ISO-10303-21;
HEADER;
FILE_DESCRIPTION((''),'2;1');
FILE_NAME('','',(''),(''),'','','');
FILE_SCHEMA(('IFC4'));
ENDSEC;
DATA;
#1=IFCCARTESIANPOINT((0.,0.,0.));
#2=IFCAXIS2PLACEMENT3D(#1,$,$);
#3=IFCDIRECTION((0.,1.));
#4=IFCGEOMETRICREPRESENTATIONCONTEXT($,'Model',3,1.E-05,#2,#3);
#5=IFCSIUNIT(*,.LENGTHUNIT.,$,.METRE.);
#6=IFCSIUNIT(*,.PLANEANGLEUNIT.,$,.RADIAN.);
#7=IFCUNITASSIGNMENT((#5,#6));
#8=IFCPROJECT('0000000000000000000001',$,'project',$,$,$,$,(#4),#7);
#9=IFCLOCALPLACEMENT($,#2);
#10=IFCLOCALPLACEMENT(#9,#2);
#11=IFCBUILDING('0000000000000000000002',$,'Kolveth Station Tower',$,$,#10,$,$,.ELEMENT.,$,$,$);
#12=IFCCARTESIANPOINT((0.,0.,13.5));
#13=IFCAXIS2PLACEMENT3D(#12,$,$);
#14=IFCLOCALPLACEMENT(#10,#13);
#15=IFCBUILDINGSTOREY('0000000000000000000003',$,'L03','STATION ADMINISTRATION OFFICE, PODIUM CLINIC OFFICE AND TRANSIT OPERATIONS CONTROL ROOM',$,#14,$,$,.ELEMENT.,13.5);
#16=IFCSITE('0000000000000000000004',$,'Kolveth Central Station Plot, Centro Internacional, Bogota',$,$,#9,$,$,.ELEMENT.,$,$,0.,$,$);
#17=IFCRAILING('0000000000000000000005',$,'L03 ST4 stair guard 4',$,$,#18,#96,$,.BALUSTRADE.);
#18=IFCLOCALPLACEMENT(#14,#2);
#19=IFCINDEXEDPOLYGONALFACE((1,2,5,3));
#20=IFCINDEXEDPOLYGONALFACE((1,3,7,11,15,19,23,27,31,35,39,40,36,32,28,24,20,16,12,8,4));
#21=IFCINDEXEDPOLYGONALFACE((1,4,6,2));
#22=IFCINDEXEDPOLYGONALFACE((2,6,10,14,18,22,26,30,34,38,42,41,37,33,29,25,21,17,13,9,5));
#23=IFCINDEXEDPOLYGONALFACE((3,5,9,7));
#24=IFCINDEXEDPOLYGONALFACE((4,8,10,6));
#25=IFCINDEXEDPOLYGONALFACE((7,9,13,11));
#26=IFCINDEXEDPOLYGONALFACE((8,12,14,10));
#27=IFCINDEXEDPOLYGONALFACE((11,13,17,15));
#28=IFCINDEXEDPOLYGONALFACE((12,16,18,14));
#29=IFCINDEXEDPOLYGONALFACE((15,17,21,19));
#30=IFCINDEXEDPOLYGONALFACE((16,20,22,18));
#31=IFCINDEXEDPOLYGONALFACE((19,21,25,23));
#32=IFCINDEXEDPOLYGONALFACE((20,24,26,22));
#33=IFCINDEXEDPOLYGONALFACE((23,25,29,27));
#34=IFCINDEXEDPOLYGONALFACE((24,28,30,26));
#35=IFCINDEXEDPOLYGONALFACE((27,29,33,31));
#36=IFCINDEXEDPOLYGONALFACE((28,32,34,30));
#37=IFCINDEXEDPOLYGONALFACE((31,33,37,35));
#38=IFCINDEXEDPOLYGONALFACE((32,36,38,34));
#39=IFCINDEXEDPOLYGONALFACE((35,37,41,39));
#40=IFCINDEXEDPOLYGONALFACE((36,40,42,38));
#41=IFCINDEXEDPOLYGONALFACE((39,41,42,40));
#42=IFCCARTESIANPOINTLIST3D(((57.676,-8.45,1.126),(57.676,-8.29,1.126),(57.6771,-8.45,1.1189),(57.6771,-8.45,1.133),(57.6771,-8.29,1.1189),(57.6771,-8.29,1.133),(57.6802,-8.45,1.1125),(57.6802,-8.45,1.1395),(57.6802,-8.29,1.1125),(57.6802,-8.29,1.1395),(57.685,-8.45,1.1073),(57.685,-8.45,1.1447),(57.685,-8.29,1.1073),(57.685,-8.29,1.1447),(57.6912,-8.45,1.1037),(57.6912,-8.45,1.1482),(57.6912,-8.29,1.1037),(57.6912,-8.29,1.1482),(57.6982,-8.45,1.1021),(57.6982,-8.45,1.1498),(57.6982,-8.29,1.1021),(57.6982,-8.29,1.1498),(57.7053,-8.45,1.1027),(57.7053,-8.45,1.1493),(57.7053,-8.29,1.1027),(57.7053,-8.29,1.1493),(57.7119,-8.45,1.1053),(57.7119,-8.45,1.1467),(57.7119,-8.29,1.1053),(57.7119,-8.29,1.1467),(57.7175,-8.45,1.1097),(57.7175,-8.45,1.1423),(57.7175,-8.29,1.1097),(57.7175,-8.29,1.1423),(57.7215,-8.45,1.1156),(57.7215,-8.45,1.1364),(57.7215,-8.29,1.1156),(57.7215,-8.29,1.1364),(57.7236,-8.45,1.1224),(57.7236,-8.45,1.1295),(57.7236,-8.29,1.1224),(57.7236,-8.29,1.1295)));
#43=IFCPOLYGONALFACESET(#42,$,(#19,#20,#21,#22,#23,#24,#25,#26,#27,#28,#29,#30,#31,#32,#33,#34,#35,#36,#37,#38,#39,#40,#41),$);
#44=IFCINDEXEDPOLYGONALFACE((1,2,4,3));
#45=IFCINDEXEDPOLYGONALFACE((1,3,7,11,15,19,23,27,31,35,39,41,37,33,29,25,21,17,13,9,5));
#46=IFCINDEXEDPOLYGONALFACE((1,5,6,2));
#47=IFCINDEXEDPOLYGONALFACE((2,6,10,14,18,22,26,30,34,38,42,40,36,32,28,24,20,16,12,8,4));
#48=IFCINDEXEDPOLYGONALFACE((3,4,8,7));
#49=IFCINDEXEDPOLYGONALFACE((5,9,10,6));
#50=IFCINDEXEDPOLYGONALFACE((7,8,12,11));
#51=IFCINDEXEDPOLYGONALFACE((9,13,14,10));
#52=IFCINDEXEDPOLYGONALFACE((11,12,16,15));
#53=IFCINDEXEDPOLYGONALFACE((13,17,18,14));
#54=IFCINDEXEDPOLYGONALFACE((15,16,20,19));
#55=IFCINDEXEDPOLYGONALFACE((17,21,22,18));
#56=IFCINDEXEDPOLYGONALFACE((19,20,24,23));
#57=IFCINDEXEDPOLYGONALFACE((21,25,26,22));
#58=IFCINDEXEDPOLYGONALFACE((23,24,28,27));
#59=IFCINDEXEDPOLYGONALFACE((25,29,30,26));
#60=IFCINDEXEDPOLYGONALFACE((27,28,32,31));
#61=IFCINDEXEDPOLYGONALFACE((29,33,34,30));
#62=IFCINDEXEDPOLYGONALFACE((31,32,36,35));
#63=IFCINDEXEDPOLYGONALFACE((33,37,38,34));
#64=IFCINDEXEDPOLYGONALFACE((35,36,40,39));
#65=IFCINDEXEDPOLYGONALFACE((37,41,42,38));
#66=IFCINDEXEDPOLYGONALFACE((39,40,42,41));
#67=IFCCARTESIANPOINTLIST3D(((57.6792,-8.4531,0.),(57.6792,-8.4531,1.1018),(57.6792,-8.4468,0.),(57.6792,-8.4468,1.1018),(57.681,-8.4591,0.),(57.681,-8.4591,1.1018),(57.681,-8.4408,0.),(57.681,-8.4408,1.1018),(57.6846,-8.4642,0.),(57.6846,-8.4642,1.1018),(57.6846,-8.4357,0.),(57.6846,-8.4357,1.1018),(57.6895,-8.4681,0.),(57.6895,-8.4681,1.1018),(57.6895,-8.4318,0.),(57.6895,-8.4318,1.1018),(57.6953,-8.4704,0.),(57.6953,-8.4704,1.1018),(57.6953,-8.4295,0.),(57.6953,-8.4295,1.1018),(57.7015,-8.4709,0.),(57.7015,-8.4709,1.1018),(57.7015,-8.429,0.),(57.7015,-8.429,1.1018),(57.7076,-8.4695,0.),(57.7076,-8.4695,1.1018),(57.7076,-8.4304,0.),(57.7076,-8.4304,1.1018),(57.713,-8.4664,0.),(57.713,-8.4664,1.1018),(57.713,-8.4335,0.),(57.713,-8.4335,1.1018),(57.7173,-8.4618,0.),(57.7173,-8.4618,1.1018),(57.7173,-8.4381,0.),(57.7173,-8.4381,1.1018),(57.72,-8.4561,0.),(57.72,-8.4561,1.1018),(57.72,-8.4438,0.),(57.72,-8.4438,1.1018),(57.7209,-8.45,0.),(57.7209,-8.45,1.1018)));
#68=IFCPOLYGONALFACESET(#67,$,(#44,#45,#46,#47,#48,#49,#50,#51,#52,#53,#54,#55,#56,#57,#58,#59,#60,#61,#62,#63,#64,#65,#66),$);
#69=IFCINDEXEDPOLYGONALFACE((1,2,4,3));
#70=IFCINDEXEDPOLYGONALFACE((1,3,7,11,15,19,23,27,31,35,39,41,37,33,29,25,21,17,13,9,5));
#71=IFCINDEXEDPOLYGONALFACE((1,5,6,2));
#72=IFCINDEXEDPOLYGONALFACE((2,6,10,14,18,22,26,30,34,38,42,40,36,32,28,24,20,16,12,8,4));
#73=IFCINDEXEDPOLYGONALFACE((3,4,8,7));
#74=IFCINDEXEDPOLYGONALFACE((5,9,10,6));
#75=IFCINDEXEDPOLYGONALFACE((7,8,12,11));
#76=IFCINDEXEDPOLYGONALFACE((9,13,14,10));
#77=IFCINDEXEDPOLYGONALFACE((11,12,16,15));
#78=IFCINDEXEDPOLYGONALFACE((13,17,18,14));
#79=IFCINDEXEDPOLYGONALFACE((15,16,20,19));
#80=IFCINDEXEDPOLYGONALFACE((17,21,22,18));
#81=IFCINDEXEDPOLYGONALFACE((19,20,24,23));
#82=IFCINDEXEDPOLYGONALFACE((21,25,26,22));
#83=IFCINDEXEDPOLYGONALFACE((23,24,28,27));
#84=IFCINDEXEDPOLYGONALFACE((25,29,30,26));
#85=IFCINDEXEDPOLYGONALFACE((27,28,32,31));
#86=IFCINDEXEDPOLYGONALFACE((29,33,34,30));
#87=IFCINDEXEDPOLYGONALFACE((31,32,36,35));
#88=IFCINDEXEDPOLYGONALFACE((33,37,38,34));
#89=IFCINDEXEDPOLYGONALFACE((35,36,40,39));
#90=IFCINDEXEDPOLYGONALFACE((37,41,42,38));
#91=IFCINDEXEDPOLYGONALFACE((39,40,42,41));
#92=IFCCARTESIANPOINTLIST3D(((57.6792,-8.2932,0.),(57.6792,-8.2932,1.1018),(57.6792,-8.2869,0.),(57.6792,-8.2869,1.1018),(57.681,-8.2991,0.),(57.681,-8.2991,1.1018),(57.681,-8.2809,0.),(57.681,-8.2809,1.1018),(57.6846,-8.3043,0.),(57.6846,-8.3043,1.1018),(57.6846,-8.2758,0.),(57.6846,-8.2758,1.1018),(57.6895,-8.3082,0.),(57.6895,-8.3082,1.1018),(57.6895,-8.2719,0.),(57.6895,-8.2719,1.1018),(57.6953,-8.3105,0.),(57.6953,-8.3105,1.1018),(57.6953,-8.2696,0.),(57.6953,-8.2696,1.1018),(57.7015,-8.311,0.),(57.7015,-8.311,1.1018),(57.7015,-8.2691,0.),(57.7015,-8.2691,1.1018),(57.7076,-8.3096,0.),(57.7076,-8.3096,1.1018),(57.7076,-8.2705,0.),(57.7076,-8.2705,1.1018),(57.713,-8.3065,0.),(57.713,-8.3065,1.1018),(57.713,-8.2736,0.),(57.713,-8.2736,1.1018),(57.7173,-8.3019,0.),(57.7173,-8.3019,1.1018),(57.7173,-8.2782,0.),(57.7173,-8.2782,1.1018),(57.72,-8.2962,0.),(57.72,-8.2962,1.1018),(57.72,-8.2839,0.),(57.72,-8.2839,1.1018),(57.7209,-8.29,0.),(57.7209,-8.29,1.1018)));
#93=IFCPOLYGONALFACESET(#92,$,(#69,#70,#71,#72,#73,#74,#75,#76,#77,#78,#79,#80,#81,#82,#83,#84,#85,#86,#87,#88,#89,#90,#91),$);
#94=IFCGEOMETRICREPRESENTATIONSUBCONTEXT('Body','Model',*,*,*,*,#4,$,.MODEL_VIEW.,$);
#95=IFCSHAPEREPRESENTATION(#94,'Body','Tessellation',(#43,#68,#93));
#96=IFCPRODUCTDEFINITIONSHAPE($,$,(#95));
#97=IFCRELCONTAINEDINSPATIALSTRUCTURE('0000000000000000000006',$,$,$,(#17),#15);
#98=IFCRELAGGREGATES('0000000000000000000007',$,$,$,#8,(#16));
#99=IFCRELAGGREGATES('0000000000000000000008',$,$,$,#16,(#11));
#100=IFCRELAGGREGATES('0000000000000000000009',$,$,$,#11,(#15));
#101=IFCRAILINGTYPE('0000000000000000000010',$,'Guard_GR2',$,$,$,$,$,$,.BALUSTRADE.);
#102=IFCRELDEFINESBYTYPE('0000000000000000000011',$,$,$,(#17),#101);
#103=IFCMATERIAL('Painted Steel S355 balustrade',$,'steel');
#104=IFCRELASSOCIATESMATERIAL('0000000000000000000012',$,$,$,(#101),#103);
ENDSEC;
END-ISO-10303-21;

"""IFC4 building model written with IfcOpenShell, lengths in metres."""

from ifc_helpers import new_model, si_unit, direction, frame, origin, origin_2d, place, context, subcontext, project, spatial, circle, extrude, material, type_object, element, save


model = new_model("IFC4")

# Units and contexts
model_context = context("Model", 3, precision=1e-05, world=origin(), true_north=direction((0.0, 1.0)))
body_context = subcontext(model_context, "Body", "Model", "MODEL_VIEW")
ifc_project = project(units=[si_unit("LENGTHUNIT", "METRE"), si_unit("PLANEANGLEUNIT", "RADIAN")], contexts=[model_context])

# Site, building, storey
site_placement = place(None, origin())
site = spatial("IfcSite", under=ifc_project, at=site_placement, Name="Kolveth Central Station Plot, Centro Internacional, Bogota", CompositionType="ELEMENT", RefElevation=0.0)
building_placement = place(site_placement, origin())
building = spatial("IfcBuilding", under=site, at=building_placement, Name="Kolveth Station Tower", CompositionType="ELEMENT")
storey_placement = place(building_placement, frame((0.0, 0.0, 13.5)))
storey = spatial("IfcBuildingStorey", under=building, at=storey_placement, Name="L03", Description="STATION ADMINISTRATION OFFICE, PODIUM CLINIC OFFICE AND TRANSIT OPERATIONS CONTROL ROOM", CompositionType="ELEMENT", Elevation=13.5)

# Railing
ifc_material_1 = material(Name="Painted Steel S355 balustrade", Category="steel")
railing_type_1 = type_object("IfcRailingType", Name="Guard_GR2", PredefinedType="BALUSTRADE", material=ifc_material_1)
railing_1_placement = place(storey_placement, frame((57.7, -8.45, 0.0)))
element("IfcRailing", 1, at=railing_1_placement, inside=storey, type_object=railing_type_1, Name="L03 ST4 stair guard 4", PredefinedType="BALUSTRADE", context=body_context, shape_type="SweptSolid", body=[
    extrude(circle(Radius=0.0239, at=origin_2d()), frame((0.0, 0.0, 1.126), z_axis=(0.0, 1.0, 0.0), x_axis=(-1.0, 0.0, 0.0)), (0.0, 0.0, 1.0), 0.1599),
    extrude(circle(Radius=0.021, at=origin_2d()), origin(), (0.0, 0.0, 1.0), 1.1018),
    extrude(circle(Radius=0.021, at=origin_2d()), frame((0.0, 0.1599, 0.0)), (0.0, 0.0, 1.0), 1.1018),
])

save(model, "model.ifc")
